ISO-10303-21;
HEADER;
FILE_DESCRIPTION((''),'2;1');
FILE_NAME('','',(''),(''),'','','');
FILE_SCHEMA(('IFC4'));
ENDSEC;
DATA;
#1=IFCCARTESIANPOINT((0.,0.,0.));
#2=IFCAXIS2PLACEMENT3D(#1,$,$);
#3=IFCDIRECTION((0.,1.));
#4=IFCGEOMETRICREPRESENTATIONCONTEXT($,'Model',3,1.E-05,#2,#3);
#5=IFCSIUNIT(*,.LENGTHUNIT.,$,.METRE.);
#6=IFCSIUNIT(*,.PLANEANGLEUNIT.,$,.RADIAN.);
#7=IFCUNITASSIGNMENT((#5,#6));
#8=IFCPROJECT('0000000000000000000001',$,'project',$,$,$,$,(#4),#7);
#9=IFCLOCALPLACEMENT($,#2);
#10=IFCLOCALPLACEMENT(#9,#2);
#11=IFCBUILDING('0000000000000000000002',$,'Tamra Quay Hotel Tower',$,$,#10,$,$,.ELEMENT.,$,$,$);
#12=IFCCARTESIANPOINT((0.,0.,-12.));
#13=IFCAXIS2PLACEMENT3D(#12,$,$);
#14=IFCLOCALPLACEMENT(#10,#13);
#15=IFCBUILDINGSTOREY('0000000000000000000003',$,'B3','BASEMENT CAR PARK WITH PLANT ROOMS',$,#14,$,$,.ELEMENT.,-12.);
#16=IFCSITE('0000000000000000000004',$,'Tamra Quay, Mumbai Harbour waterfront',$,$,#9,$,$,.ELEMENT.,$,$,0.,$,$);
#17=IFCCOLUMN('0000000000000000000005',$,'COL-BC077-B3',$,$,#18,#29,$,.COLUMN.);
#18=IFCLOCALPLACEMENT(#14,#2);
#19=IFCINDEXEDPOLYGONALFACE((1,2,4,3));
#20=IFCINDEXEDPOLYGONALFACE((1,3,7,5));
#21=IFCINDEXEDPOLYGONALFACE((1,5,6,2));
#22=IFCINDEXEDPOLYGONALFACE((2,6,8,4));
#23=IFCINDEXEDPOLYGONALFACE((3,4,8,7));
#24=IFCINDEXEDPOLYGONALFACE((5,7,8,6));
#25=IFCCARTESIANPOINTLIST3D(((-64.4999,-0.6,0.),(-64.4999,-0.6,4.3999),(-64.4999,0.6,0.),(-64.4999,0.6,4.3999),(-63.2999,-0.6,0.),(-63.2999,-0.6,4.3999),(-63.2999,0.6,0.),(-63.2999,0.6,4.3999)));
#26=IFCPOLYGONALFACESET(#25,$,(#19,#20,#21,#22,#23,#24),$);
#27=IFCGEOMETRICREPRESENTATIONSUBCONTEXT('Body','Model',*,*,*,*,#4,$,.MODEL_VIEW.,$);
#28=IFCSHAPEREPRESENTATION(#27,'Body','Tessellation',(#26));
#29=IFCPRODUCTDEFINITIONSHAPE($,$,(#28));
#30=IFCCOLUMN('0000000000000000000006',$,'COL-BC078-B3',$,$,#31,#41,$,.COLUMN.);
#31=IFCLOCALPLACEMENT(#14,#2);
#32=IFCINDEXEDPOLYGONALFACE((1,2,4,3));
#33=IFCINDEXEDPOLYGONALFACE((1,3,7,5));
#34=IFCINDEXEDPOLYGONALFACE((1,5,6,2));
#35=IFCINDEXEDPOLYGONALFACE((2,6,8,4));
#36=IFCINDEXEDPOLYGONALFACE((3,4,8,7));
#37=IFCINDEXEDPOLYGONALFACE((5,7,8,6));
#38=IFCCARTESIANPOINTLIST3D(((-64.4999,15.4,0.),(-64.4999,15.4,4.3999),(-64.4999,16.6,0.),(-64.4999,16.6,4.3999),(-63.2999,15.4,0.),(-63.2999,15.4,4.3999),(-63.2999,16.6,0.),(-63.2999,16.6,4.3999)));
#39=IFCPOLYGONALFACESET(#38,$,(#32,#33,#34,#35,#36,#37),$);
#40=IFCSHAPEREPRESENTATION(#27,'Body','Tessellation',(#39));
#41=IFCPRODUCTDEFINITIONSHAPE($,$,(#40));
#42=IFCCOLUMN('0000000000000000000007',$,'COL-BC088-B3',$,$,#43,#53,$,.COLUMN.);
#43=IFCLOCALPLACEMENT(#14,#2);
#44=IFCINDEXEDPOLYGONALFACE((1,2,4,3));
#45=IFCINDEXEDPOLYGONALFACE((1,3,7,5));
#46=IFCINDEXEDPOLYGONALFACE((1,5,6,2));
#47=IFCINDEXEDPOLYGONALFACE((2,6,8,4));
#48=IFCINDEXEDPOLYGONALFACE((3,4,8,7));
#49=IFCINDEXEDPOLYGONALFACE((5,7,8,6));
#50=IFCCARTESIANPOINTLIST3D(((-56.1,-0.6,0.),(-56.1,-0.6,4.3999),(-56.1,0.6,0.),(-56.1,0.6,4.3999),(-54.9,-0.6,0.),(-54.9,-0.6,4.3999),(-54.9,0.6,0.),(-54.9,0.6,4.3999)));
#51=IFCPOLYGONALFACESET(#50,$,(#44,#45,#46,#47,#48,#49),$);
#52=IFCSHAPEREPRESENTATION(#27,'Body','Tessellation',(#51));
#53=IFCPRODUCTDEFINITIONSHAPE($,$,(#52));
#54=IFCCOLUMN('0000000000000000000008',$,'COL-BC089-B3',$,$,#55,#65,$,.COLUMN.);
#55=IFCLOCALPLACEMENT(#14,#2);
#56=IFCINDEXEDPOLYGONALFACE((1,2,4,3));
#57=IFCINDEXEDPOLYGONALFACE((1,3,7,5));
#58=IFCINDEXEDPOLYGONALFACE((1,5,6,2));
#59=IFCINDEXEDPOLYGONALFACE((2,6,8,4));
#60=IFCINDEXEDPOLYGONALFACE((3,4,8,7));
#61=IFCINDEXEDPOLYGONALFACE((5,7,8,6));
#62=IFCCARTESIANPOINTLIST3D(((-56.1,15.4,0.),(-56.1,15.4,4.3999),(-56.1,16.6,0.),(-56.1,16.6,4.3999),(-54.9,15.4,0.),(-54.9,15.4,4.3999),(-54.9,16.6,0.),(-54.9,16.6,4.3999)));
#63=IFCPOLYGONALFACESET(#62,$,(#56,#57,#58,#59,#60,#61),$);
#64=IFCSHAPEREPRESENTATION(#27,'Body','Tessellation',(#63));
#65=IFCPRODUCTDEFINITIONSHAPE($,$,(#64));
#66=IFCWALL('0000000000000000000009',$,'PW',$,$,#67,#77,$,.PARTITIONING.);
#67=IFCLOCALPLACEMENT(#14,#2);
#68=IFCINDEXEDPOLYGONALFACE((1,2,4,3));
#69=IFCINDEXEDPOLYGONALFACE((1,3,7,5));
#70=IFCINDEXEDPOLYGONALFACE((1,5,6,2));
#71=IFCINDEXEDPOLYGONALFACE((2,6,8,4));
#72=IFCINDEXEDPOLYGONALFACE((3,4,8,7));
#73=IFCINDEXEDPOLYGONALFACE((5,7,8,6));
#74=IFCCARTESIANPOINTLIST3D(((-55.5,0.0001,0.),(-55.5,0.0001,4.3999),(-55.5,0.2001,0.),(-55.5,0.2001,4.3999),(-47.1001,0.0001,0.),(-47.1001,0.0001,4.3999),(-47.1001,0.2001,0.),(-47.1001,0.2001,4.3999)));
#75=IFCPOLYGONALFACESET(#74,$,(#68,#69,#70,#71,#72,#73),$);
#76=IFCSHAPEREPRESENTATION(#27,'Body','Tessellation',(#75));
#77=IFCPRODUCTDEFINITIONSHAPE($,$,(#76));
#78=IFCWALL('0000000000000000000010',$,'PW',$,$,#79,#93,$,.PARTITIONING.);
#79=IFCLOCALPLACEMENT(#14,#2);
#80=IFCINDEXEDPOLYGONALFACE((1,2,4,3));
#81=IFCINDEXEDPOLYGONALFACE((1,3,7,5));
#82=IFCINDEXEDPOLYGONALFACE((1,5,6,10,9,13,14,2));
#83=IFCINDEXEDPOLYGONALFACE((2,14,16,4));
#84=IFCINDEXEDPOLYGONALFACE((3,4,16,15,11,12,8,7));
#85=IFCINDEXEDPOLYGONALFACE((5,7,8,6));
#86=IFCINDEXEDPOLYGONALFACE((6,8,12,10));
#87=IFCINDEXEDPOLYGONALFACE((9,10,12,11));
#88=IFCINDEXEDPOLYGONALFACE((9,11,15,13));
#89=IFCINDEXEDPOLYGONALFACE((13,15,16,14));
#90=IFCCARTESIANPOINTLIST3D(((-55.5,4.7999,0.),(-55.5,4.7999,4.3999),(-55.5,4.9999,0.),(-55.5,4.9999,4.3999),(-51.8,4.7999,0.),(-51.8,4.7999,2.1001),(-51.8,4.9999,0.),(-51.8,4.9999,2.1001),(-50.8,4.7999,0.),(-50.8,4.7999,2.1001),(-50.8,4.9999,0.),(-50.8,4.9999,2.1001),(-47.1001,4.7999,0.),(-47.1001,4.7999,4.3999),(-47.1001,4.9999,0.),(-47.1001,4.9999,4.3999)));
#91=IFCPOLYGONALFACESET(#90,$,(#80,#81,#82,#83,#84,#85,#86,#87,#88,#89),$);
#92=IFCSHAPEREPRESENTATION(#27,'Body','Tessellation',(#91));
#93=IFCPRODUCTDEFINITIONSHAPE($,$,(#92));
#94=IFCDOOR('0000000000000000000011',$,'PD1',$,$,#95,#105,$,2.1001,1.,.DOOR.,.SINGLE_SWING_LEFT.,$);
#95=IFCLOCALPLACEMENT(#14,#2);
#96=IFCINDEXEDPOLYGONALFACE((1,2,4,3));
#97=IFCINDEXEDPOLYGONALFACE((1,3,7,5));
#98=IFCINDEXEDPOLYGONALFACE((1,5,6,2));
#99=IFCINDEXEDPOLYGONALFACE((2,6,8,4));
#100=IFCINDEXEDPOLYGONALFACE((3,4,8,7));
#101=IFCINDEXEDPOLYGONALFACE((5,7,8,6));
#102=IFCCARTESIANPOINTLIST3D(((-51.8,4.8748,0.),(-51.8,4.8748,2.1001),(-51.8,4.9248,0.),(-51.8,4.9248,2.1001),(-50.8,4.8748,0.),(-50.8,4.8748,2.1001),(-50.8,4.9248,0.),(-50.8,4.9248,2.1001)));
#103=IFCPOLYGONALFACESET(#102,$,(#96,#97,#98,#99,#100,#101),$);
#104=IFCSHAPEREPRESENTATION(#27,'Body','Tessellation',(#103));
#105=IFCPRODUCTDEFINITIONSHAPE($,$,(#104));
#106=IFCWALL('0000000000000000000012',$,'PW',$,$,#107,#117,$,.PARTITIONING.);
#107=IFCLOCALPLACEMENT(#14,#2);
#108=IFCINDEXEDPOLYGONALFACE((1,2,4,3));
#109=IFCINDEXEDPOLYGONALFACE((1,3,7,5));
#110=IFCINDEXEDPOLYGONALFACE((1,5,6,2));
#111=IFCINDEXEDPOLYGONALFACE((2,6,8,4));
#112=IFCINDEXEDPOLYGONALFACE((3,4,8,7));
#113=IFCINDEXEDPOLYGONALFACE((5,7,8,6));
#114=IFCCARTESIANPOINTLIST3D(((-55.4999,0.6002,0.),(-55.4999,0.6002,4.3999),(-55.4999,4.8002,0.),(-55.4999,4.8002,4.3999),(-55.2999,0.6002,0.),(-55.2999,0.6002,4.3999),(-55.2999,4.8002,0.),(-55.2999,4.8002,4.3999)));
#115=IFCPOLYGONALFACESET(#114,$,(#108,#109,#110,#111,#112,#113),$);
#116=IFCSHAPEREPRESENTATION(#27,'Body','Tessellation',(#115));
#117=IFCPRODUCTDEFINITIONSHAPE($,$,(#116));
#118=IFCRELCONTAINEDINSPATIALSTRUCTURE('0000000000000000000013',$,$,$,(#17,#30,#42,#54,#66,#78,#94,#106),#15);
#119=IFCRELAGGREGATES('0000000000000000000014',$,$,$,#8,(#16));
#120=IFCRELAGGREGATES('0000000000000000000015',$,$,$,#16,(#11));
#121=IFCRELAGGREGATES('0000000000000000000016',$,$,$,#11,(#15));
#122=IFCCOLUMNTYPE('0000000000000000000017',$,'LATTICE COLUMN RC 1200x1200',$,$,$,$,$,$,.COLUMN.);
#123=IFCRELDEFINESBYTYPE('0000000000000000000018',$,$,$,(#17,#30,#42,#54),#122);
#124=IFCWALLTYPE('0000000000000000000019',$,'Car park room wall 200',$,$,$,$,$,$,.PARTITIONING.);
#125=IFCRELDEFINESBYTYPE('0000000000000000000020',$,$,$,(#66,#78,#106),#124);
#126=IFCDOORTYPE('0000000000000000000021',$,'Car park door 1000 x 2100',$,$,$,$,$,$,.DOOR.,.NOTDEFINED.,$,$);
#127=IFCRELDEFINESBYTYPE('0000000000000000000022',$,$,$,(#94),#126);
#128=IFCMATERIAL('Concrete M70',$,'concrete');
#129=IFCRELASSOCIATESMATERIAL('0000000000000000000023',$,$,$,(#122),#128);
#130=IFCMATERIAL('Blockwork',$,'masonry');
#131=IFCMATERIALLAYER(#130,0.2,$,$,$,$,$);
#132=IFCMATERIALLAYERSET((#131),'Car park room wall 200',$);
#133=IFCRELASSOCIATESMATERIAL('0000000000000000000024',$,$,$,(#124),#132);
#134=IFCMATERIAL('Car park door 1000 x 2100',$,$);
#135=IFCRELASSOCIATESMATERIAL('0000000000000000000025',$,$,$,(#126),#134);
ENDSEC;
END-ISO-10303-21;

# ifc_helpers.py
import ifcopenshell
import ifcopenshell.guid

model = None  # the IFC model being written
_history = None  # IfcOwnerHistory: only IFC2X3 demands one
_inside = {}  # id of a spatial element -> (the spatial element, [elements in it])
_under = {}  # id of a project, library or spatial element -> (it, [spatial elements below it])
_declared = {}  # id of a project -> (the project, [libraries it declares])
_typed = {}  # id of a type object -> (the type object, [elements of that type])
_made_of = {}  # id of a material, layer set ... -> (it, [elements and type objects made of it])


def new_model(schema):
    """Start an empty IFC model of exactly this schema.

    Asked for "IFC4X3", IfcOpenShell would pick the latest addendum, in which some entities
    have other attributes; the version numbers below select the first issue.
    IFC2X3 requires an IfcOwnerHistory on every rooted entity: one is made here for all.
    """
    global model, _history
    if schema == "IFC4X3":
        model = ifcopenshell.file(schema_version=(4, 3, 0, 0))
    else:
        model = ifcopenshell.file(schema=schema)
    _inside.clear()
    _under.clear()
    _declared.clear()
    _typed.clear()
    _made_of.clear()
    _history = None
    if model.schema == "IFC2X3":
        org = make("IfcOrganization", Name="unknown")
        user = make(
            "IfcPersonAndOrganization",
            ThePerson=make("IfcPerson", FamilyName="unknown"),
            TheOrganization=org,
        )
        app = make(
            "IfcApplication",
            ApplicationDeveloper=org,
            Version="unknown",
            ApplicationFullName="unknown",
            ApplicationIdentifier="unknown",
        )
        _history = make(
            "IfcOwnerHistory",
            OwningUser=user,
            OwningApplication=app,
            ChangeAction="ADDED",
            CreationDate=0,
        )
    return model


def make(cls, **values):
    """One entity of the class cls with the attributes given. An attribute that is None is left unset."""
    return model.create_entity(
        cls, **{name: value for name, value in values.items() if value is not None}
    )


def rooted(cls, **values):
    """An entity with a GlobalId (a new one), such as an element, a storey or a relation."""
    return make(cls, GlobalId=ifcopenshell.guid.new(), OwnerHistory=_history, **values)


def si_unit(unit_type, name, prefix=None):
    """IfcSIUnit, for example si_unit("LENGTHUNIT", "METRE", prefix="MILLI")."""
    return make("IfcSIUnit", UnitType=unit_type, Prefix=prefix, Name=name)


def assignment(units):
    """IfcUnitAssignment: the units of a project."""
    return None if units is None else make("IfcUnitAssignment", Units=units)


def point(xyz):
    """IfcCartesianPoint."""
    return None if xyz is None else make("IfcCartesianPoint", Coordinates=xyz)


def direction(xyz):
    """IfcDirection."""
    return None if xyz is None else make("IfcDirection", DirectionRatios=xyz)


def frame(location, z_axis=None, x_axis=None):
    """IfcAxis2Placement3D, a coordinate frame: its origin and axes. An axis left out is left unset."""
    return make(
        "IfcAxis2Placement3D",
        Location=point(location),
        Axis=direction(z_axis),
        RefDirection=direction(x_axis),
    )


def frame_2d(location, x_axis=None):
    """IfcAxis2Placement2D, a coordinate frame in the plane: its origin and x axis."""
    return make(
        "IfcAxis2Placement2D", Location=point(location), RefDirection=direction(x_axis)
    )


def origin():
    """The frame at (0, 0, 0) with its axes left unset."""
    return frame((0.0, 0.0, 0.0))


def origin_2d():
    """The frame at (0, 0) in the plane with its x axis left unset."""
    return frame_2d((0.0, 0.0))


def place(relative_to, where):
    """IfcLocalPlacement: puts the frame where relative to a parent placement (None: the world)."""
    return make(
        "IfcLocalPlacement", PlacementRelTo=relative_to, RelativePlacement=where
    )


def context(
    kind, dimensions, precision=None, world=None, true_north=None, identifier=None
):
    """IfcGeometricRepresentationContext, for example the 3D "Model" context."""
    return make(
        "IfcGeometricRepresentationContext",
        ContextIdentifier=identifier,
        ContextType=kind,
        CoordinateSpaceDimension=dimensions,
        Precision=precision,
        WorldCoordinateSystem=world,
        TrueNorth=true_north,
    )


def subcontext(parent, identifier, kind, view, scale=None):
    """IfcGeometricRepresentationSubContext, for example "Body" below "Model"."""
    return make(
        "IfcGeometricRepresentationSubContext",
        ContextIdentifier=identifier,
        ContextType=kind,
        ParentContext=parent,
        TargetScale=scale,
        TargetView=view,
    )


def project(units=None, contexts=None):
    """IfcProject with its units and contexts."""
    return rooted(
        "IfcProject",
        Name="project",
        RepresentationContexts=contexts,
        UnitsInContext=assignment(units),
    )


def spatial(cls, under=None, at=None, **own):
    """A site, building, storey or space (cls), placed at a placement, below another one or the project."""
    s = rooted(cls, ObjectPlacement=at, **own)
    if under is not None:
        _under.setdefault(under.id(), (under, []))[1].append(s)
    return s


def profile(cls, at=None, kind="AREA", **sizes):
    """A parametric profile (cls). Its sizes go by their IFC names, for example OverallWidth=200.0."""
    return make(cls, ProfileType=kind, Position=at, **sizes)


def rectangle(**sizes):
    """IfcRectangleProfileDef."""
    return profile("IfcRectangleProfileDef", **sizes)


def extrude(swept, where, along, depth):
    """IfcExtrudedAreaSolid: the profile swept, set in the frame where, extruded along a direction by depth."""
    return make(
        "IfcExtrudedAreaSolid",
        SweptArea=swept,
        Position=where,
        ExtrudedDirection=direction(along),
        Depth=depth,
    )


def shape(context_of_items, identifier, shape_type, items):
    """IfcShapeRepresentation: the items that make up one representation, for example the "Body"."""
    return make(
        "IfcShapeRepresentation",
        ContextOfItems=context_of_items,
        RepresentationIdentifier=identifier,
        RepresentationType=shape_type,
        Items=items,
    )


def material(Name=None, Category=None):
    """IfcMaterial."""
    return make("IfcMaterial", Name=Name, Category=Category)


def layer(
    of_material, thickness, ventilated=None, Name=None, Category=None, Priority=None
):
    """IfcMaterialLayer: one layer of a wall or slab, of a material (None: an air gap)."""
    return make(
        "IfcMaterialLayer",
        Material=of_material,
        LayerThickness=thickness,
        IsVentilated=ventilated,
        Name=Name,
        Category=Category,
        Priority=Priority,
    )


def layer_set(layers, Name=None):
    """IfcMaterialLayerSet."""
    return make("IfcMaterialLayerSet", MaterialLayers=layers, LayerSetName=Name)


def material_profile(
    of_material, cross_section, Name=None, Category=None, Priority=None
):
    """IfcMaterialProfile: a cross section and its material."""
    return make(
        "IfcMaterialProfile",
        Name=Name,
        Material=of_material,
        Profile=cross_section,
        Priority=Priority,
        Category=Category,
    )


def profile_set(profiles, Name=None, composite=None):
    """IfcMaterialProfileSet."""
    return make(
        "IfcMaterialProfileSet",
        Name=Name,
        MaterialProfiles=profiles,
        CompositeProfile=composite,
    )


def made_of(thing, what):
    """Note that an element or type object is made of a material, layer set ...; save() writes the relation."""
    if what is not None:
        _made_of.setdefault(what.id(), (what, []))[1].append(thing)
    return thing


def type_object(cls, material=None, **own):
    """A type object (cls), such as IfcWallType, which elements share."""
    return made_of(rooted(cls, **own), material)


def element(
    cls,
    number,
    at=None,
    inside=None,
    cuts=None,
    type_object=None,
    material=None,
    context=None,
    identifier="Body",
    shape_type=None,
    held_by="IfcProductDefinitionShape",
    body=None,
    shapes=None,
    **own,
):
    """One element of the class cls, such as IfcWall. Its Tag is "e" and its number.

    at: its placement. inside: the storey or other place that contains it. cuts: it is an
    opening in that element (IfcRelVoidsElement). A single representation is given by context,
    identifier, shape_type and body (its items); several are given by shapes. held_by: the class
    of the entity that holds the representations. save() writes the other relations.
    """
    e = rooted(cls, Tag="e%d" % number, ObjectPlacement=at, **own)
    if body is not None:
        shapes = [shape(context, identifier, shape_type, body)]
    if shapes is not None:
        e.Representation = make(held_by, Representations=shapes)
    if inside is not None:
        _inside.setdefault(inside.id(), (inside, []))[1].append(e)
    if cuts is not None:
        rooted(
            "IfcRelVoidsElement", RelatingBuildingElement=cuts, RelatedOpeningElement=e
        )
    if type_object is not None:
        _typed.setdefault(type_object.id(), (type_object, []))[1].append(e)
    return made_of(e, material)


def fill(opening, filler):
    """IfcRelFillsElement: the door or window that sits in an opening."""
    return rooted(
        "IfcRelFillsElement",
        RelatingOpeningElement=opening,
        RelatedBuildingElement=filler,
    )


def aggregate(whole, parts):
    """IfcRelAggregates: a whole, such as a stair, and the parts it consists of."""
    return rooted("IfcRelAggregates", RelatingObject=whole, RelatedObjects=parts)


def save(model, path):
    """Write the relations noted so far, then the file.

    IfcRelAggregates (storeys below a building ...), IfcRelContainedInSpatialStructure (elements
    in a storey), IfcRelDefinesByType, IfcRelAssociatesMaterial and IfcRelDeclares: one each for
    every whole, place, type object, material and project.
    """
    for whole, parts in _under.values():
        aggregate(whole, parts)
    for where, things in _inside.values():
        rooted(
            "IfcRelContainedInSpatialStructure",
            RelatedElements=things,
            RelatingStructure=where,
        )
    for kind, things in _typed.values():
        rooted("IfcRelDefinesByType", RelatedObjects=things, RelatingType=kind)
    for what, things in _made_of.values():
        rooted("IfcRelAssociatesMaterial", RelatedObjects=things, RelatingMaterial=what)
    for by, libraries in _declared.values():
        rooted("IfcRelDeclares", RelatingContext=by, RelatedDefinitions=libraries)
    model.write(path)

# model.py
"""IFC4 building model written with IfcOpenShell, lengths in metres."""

from ifc_helpers import new_model, si_unit, direction, frame, frame_2d, origin, origin_2d, place, context, subcontext, project, spatial, rectangle, extrude, material, layer, layer_set, material_profile, profile_set, type_object, element, fill, save


model = new_model("IFC4")

# Units and contexts
model_context = context("Model", 3, precision=1e-05, world=origin(), true_north=direction((0.0, 1.0)))
body_context = subcontext(model_context, "Body", "Model", "MODEL_VIEW")
ifc_project = project(units=[si_unit("LENGTHUNIT", "METRE"), si_unit("PLANEANGLEUNIT", "RADIAN")], contexts=[model_context])

# Site, building, storey
site_placement = place(None, origin())
site = spatial("IfcSite", under=ifc_project, at=site_placement, Name="Tamra Quay, Mumbai Harbour waterfront", CompositionType="ELEMENT", RefElevation=0.0)
building_placement = place(site_placement, origin())
building = spatial("IfcBuilding", under=site, at=building_placement, Name="Tamra Quay Hotel Tower", CompositionType="ELEMENT")
storey_placement = place(building_placement, frame((0.0, 0.0, -12.0)))
storey = spatial("IfcBuildingStorey", under=building, at=storey_placement, Name="B3", Description="BASEMENT CAR PARK WITH PLANT ROOMS", CompositionType="ELEMENT", Elevation=-12.0)

# Columns
ifc_material_1 = material(Name="Concrete M70", Category="concrete")
ifc_material_profile_1 = material_profile(ifc_material_1, rectangle(XDim=1.2, YDim=1.2, at=origin_2d()), Name="LATTICE COLUMN RC 1200x1200")
ifc_profile_set_1 = profile_set([ifc_material_profile_1], Name="Concrete M70")
column_type = type_object("IfcColumnType", Name="LATTICE COLUMN RC 1200x1200", PredefinedType="COLUMN", material=ifc_profile_set_1)
for number, where, z_axis, x_axis, name in (
    (1, (-63.8999, 0.0, 0.0), (0.0, 0.0, 1.0), (1.0, 0.0, 0.0), "COL-BC077-B3"),
    (2, (-63.8999, 16.0, 0.0), (0.0, 0.0, 1.0), (1.0, 0.0, 0.0), "COL-BC078-B3"),
    (3, (-55.5, 0.0, 0.0), (0.0, 0.0, 1.0), (1.0, 0.0, 0.0), "COL-BC088-B3"),
    (4, (-55.5, 16.0, 0.0), (0.0, 0.0, 1.0), (1.0, 0.0, 0.0), "COL-BC089-B3"),
):
    element("IfcColumn", number, at=place(storey_placement, frame(where, z_axis=z_axis, x_axis=x_axis)), inside=storey, type_object=column_type, Name=name, PredefinedType="COLUMN", context=body_context, shape_type="SweptSolid", body=[
        extrude(rectangle(XDim=1.2, YDim=1.2, at=origin_2d()), origin(), (0.0, 0.0, 1.0), 4.3999),
    ])

# Wall
ifc_material_2 = material(Name="Blockwork", Category="masonry")
ifc_layer = layer(ifc_material_2, 0.2)
ifc_layer_set = layer_set([ifc_layer], Name="Car park room wall 200")
wall_type = type_object("IfcWallType", Name="Car park room wall 200", PredefinedType="PARTITIONING", material=ifc_layer_set)
wall_1_placement = place(storey_placement, frame((-55.5, 0.1001, 0.0), z_axis=(0.0, 0.0, 1.0), x_axis=(1.0, 0.0, 0.0)))
element("IfcWall", 5, at=wall_1_placement, inside=storey, type_object=wall_type, Name="PW", PredefinedType="PARTITIONING", context=body_context, shape_type="SweptSolid", body=[
    extrude(rectangle(XDim=8.3999, YDim=0.2, at=frame_2d((4.2, 0.0))), origin(), (0.0, 0.0, 1.0), 4.3999),
])

# Wall, opening, door
wall_2_placement = place(storey_placement, frame((-55.5, 4.8999, 0.0), z_axis=(0.0, 0.0, 1.0), x_axis=(1.0, 0.0, 0.0)))
wall_2 = element("IfcWall", 6, at=wall_2_placement, inside=storey, type_object=wall_type, Name="PW", PredefinedType="PARTITIONING", context=body_context, shape_type="SweptSolid", body=[
    extrude(rectangle(XDim=8.3999, YDim=0.2, at=frame_2d((4.2, 0.0))), origin(), (0.0, 0.0, 1.0), 4.3999),
])
opening_placement = place(wall_2_placement, frame((3.7, 0.0, 0.0)))
opening = element("IfcOpeningElement", 7, at=opening_placement, cuts=wall_2, PredefinedType="OPENING", context=body_context, shape_type="SweptSolid", body=[
    extrude(rectangle(XDim=1.0, YDim=2.1001, at=frame_2d((0.5, 1.05))), frame((0.0, 0.1099, 0.0), z_axis=(0.0, -1.0, 0.0), x_axis=(1.0, 0.0, 0.0)), (0.0, 0.0, 1.0), 0.22),
])
ifc_material_3 = material(Name="Car park door 1000 x 2100")
door_type = type_object("IfcDoorType", Name="Car park door 1000 x 2100", OperationType="NOTDEFINED", PredefinedType="DOOR", material=ifc_material_3)
door_placement = place(opening_placement, origin())
door = element("IfcDoor", 8, at=door_placement, inside=storey, type_object=door_type, Name="PD1", OperationType="SINGLE_SWING_LEFT", OverallHeight=2.1001, OverallWidth=1.0, PredefinedType="DOOR", context=body_context, shape_type="SweptSolid", body=[
    extrude(rectangle(XDim=1.0, YDim=2.1001, at=frame_2d((0.5, 1.05))), frame((0.0, 0.0249, 0.0), z_axis=(0.0, -1.0, 0.0), x_axis=(1.0, 0.0, 0.0)), (0.0, 0.0, 1.0), 0.05),
])
fill(opening, door)

# Wall
wall_3_placement = place(storey_placement, frame((-55.3999, 0.6001, 0.0), z_axis=(0.0, 0.0, 1.0), x_axis=(0.0, 1.0, 0.0)))
element("IfcWall", 9, at=wall_3_placement, inside=storey, type_object=wall_type, Name="PW", PredefinedType="PARTITIONING", context=body_context, shape_type="SweptSolid", body=[
    extrude(rectangle(XDim=4.2, YDim=0.2, at=frame_2d((2.1001, 0.0))), origin(), (0.0, 0.0, 1.0), 4.3999),
])

save(model, "model.ifc")
